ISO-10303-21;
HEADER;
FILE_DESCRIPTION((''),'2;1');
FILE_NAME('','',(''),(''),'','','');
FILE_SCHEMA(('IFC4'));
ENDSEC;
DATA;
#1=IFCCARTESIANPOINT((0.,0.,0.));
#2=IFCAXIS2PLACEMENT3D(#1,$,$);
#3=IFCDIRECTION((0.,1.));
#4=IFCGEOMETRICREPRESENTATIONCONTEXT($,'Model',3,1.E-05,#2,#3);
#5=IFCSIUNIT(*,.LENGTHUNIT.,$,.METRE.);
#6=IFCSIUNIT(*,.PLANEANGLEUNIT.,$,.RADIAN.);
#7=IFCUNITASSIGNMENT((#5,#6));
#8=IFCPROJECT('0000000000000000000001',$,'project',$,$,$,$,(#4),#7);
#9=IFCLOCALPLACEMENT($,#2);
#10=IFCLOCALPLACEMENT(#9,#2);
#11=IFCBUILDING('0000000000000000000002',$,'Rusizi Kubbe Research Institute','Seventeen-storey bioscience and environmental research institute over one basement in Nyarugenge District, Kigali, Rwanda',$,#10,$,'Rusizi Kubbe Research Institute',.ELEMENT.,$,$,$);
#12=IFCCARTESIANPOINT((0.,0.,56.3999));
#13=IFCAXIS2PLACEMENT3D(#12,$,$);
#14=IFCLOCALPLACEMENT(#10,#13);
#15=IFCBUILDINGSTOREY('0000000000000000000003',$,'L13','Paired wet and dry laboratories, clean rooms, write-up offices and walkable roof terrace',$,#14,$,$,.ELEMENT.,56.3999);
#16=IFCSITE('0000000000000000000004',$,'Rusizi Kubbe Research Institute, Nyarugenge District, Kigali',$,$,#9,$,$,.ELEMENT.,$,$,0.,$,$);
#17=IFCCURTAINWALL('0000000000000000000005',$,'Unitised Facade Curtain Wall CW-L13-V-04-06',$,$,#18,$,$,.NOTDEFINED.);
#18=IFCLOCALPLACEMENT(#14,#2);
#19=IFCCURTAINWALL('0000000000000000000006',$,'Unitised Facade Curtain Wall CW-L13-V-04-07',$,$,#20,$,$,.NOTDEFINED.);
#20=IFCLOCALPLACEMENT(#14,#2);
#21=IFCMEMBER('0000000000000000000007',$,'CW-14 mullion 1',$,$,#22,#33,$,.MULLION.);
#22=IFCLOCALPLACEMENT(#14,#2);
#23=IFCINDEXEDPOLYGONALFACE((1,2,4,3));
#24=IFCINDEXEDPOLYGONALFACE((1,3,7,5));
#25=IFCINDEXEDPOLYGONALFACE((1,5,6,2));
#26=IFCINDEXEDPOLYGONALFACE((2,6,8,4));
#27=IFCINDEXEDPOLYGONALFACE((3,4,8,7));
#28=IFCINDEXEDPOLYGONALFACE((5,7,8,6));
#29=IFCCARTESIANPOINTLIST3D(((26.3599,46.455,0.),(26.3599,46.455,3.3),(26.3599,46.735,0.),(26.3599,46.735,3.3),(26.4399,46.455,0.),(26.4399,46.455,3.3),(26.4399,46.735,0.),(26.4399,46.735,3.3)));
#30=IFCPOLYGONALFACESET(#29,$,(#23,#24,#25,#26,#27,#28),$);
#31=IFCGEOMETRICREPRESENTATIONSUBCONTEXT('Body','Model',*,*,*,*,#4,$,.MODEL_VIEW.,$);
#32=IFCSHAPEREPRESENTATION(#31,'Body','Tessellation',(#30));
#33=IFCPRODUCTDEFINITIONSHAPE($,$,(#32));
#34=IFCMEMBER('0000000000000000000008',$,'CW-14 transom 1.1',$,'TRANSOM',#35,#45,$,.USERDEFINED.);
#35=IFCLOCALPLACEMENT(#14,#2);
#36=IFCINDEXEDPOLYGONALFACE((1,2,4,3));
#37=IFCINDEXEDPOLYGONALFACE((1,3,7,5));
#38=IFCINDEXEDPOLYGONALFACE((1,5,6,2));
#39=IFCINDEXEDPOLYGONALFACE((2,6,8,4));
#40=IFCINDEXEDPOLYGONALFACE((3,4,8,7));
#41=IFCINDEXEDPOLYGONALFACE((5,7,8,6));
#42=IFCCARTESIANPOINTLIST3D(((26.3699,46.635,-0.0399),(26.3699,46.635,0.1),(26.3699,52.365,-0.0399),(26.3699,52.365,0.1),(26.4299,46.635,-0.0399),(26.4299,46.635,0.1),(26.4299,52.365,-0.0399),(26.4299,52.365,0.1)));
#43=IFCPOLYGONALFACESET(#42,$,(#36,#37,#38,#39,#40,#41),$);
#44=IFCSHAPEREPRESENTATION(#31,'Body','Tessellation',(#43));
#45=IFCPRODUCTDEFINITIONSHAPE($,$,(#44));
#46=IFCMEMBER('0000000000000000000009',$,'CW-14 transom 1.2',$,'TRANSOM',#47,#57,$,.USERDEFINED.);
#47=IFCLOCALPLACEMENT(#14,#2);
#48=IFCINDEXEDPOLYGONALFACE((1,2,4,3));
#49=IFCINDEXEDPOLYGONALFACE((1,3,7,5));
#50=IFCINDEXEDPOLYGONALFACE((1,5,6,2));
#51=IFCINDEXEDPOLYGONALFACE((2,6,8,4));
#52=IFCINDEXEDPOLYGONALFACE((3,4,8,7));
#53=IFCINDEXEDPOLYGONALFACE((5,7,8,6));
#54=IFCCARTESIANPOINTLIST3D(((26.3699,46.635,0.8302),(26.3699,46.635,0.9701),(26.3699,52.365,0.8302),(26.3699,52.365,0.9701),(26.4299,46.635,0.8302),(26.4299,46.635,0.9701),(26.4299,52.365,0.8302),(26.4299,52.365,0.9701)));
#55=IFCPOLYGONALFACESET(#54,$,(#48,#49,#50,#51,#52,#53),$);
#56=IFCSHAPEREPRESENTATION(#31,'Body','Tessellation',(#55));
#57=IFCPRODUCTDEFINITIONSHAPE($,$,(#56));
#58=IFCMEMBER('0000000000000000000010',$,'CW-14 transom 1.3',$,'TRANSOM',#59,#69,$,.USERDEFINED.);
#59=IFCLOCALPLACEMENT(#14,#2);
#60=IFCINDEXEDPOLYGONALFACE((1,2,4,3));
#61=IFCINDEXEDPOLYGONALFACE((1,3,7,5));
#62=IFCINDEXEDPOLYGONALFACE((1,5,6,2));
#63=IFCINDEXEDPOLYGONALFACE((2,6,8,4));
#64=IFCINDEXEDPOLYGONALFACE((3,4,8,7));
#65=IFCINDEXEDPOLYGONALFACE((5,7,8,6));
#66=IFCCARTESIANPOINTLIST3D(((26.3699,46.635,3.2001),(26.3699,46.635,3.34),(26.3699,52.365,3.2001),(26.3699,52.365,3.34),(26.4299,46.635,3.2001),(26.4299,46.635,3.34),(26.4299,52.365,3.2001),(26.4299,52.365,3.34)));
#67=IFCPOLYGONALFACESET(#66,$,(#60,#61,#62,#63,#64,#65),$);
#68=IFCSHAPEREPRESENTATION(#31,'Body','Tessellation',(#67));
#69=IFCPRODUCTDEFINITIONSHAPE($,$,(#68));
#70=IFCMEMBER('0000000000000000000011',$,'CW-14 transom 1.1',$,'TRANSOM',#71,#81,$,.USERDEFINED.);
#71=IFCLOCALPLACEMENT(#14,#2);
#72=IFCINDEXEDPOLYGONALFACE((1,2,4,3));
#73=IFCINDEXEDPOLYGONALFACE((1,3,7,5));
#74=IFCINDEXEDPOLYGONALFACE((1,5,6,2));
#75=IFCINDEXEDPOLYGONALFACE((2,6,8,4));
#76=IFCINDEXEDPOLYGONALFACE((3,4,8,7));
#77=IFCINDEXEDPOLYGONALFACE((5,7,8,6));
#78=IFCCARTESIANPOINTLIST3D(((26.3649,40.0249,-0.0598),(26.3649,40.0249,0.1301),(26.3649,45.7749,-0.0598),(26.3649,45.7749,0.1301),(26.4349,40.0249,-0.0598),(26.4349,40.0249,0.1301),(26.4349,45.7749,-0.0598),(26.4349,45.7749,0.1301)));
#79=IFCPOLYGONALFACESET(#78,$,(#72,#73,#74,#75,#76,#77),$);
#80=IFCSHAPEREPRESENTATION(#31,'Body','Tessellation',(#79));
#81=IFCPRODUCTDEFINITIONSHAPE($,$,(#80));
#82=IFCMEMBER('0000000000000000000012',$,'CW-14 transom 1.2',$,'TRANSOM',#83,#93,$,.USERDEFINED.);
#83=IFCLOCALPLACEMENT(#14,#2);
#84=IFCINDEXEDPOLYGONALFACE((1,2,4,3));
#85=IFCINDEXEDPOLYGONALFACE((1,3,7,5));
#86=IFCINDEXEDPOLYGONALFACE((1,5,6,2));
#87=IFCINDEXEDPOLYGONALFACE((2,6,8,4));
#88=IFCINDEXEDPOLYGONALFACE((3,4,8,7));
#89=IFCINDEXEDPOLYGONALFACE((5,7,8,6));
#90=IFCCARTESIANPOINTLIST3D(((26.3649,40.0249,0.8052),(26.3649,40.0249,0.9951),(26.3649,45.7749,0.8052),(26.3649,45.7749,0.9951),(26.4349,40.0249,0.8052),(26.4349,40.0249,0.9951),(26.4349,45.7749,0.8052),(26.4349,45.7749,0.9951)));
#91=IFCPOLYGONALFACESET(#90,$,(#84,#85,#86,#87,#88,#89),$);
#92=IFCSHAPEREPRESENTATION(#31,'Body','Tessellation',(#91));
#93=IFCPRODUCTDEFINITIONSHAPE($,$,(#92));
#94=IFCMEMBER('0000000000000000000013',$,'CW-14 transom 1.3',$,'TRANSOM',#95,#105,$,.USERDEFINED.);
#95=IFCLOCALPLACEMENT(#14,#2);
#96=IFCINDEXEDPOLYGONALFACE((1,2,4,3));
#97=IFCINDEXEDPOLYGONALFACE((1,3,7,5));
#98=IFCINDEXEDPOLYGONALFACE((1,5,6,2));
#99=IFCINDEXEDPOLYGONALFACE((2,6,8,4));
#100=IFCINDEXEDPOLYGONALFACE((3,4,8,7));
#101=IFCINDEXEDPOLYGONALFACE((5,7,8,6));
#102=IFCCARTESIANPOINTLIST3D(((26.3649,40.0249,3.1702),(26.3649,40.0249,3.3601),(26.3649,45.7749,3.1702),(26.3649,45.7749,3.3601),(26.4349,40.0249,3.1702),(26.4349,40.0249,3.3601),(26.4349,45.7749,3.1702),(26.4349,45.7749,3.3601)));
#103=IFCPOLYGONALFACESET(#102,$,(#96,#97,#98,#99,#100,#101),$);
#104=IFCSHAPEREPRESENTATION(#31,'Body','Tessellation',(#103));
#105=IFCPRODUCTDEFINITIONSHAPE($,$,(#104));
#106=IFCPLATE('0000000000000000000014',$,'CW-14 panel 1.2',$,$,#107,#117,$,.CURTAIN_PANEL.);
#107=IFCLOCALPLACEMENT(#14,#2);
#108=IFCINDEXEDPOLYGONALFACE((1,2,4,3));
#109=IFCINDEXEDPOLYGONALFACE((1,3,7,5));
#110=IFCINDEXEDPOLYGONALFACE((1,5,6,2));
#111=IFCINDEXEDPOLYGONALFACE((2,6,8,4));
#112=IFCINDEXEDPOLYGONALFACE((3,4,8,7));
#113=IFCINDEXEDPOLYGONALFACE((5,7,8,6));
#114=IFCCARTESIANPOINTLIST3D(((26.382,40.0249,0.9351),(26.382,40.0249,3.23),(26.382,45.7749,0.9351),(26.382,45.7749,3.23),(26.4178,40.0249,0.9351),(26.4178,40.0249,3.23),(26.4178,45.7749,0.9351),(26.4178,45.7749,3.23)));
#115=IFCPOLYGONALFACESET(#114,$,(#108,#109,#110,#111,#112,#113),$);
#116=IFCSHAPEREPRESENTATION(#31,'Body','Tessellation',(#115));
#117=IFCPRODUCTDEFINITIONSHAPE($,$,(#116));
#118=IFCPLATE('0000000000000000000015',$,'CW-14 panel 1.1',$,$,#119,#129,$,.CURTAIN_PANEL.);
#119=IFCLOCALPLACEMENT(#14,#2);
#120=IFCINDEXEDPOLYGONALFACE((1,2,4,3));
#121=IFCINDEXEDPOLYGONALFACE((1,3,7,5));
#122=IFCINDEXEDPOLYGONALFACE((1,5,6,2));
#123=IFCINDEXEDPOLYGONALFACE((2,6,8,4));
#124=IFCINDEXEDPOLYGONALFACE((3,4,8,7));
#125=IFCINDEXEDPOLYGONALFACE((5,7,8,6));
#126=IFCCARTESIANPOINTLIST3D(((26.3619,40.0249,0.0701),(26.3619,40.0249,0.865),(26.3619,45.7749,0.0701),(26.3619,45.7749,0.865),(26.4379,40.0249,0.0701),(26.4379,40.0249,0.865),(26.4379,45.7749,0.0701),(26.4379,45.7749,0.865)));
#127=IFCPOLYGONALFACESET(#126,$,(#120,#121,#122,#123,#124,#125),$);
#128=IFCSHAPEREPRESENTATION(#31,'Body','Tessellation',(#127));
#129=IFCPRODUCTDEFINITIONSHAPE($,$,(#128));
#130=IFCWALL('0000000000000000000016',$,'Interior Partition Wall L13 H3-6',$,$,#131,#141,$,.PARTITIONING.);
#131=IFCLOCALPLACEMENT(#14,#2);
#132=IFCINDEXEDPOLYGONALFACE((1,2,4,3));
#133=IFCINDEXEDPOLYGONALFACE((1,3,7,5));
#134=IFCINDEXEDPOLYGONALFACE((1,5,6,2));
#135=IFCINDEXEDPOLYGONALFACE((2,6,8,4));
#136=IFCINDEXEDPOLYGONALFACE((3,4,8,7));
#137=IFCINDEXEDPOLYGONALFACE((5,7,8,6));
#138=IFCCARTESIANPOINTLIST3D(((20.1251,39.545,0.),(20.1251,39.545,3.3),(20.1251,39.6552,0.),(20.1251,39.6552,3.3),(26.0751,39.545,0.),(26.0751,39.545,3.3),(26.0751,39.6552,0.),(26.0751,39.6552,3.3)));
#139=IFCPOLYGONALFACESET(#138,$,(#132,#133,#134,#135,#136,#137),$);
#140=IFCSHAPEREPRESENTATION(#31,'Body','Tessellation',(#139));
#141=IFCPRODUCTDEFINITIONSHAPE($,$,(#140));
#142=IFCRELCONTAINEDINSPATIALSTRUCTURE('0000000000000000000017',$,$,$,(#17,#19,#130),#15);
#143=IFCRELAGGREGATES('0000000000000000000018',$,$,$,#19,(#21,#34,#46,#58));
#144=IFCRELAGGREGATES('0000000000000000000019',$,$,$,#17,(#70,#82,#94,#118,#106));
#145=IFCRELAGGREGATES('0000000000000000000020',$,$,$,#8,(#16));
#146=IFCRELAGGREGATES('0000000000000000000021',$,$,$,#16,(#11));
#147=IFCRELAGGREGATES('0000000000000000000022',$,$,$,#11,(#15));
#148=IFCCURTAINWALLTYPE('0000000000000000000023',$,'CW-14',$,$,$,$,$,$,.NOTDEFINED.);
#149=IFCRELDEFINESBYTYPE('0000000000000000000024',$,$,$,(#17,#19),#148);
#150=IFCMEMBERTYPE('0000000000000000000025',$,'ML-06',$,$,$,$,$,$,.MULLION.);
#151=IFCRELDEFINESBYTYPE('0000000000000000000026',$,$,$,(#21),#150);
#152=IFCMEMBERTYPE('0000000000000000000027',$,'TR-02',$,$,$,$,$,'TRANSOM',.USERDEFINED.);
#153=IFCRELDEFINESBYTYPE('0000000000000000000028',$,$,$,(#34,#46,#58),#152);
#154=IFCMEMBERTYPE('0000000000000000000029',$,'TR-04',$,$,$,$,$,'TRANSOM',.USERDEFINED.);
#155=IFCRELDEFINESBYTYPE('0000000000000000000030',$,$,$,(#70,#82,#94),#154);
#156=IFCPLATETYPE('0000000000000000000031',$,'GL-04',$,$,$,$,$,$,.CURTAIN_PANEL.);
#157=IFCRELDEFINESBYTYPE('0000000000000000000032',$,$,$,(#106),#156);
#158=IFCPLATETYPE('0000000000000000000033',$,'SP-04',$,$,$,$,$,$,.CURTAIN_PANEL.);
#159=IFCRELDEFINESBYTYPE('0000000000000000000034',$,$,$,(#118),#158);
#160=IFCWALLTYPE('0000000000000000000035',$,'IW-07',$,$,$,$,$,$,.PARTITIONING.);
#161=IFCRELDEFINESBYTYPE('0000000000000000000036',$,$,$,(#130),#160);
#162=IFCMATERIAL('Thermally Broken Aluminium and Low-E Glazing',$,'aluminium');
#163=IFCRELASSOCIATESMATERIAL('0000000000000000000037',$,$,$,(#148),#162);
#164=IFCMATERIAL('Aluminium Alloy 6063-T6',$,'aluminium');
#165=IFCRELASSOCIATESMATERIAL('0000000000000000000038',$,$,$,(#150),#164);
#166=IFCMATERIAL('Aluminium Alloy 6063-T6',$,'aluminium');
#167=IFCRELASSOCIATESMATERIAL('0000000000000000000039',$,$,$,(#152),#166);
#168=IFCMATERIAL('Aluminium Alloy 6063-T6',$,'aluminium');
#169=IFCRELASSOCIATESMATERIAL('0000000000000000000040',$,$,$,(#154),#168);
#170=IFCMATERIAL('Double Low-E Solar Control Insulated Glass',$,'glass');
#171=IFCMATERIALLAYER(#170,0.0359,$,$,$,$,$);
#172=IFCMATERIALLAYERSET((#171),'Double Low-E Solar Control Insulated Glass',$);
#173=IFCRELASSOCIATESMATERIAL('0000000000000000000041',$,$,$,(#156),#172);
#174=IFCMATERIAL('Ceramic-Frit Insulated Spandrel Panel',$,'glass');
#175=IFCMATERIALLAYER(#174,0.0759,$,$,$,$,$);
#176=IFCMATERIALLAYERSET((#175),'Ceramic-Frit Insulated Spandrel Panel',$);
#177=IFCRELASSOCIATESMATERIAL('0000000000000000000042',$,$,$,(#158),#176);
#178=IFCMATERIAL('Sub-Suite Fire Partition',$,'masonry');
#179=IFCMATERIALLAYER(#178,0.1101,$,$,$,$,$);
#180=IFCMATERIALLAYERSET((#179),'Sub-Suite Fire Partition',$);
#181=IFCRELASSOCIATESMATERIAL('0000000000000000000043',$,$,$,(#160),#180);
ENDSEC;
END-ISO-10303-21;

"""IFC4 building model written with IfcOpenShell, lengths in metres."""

from ifc_helpers import new_model, si_unit, direction, frame, frame_2d, origin, origin_2d, place, context, subcontext, project, spatial, rectangle, extrude, material, layer, layer_set, material_profile, profile_set, type_object, element, aggregate, save


model = new_model("IFC4")

# Units and contexts
model_context = context("Model", 3, precision=1e-05, world=origin(), true_north=direction((0.0, 1.0)))
body_context = subcontext(model_context, "Body", "Model", "MODEL_VIEW")
ifc_project = project(units=[si_unit("LENGTHUNIT", "METRE"), si_unit("PLANEANGLEUNIT", "RADIAN")], contexts=[model_context])

# Site, building, storey
site_placement = place(None, origin())
site = spatial("IfcSite", under=ifc_project, at=site_placement, Name="Rusizi Kubbe Research Institute, Nyarugenge District, Kigali", CompositionType="ELEMENT", RefElevation=0.0)
building_placement = place(site_placement, origin())
building = spatial("IfcBuilding", under=site, at=building_placement, Name="Rusizi Kubbe Research Institute", Description="Seventeen-storey bioscience and environmental research institute over one basement in Nyarugenge District, Kigali, Rwanda", LongName="Rusizi Kubbe Research Institute", CompositionType="ELEMENT")
storey_placement = place(building_placement, frame((0.0, 0.0, 56.3999)))
storey = spatial("IfcBuildingStorey", under=building, at=storey_placement, Name="L13", Description="Paired wet and dry laboratories, clean rooms, write-up offices and walkable roof terrace", CompositionType="ELEMENT", Elevation=56.3999)

# Curtain walls, members
ifc_material_1 = material(Name="Thermally Broken Aluminium and Low-E Glazing", Category="aluminium")
curtain_wall_type = type_object("IfcCurtainWallType", Name="CW-14", PredefinedType="NOTDEFINED", material=ifc_material_1)
curtain_wall_1_placement = place(storey_placement, origin())
curtain_wall_1 = element("IfcCurtainWall", 1, at=curtain_wall_1_placement, inside=storey, type_object=curtain_wall_type, Name="Unitised Facade Curtain Wall CW-L13-V-04-06", PredefinedType="NOTDEFINED")
curtain_wall_2_placement = place(storey_placement, origin())
curtain_wall_2 = element("IfcCurtainWall", 2, at=curtain_wall_2_placement, inside=storey, type_object=curtain_wall_type, Name="Unitised Facade Curtain Wall CW-L13-V-04-07", PredefinedType="NOTDEFINED")
ifc_material_2 = material(Name="Aluminium Alloy 6063-T6", Category="aluminium")
ifc_material_profile_1 = material_profile(ifc_material_2, rectangle(XDim=0.0801, YDim=0.28, at=origin_2d()), Name="ALU-M 80x280")
ifc_profile_set_1 = profile_set([ifc_material_profile_1], Name="Aluminium Alloy 6063-T6")
member_type_1 = type_object("IfcMemberType", Name="ML-06", PredefinedType="MULLION", material=ifc_profile_set_1)
member_1_placement = place(storey_placement, frame((26.3999, 46.595, 0.0), z_axis=(0.0, 0.0, 1.0), x_axis=(-1.0, 0.0, 0.0)))
member_1 = element("IfcMember", 3, at=member_1_placement, type_object=member_type_1, Name="CW-14 mullion 1", PredefinedType="MULLION", context=body_context, shape_type="SweptSolid", body=[
    extrude(rectangle(XDim=0.0801, YDim=0.28, at=origin_2d()), origin(), (0.0, 0.0, 1.0), 3.3),
])
ifc_material_3 = material(Name="Aluminium Alloy 6063-T6", Category="aluminium")
ifc_material_profile_2 = material_profile(ifc_material_3, rectangle(XDim=0.0601, YDim=0.1399, at=origin_2d()), Name="ALU-T 60x140")
ifc_profile_set_2 = profile_set([ifc_material_profile_2], Name="Aluminium Alloy 6063-T6")
member_type_2 = type_object("IfcMemberType", Name="TR-02", ElementType="TRANSOM", PredefinedType="USERDEFINED", material=ifc_profile_set_2)
member_2_placement = place(storey_placement, frame((26.3999, 46.635, 0.03), z_axis=(0.0, 1.0, 0.0), x_axis=(-1.0, 0.0, 0.0)))
member_2 = element("IfcMember", 4, at=member_2_placement, type_object=member_type_2, Name="CW-14 transom 1.1", ObjectType="TRANSOM", PredefinedType="USERDEFINED", context=body_context, shape_type="SweptSolid", body=[
    extrude(rectangle(XDim=0.0601, YDim=0.1399, at=origin_2d()), origin(), (0.0, 0.0, 1.0), 5.73),
])
member_3_placement = place(storey_placement, frame((26.3999, 46.635, 0.9001), z_axis=(0.0, 1.0, 0.0), x_axis=(-1.0, 0.0, 0.0)))
member_3 = element("IfcMember", 5, at=member_3_placement, type_object=member_type_2, Name="CW-14 transom 1.2", ObjectType="TRANSOM", PredefinedType="USERDEFINED", context=body_context, shape_type="SweptSolid", body=[
    extrude(rectangle(XDim=0.0601, YDim=0.1399, at=origin_2d()), origin(), (0.0, 0.0, 1.0), 5.73),
])
member_4_placement = place(storey_placement, frame((26.3999, 46.635, 3.27), z_axis=(0.0, 1.0, 0.0), x_axis=(-1.0, 0.0, 0.0)))
member_4 = element("IfcMember", 6, at=member_4_placement, type_object=member_type_2, Name="CW-14 transom 1.3", ObjectType="TRANSOM", PredefinedType="USERDEFINED", context=body_context, shape_type="SweptSolid", body=[
    extrude(rectangle(XDim=0.0601, YDim=0.1399, at=origin_2d()), origin(), (0.0, 0.0, 1.0), 5.73),
])
aggregate(curtain_wall_2, [member_1, member_2, member_3, member_4])

# Members
ifc_material_4 = material(Name="Aluminium Alloy 6063-T6", Category="aluminium")
ifc_material_profile_3 = material_profile(ifc_material_4, rectangle(XDim=0.0701, YDim=0.1899, at=origin_2d()), Name="ALU-T 70x190")
ifc_profile_set_3 = profile_set([ifc_material_profile_3], Name="Aluminium Alloy 6063-T6")
member_type_3 = type_object("IfcMemberType", Name="TR-04", ElementType="TRANSOM", PredefinedType="USERDEFINED", material=ifc_profile_set_3)
member_5_placement = place(storey_placement, frame((26.3999, 40.0249, 0.0352), z_axis=(0.0, 1.0, 0.0), x_axis=(-1.0, 0.0, 0.0)))
member_5 = element("IfcMember", 7, at=member_5_placement, type_object=member_type_3, Name="CW-14 transom 1.1", ObjectType="TRANSOM", PredefinedType="USERDEFINED", context=body_context, shape_type="SweptSolid", body=[
    extrude(rectangle(XDim=0.0701, YDim=0.1899, at=origin_2d()), origin(), (0.0, 0.0, 1.0), 5.75),
])
member_6_placement = place(storey_placement, frame((26.3999, 40.0249, 0.9001), z_axis=(0.0, 1.0, 0.0), x_axis=(-1.0, 0.0, 0.0)))
member_6 = element("IfcMember", 8, at=member_6_placement, type_object=member_type_3, Name="CW-14 transom 1.2", ObjectType="TRANSOM", PredefinedType="USERDEFINED", context=body_context, shape_type="SweptSolid", body=[
    extrude(rectangle(XDim=0.0701, YDim=0.1899, at=origin_2d()), origin(), (0.0, 0.0, 1.0), 5.75),
])
member_7_placement = place(storey_placement, frame((26.3999, 40.0249, 3.2651), z_axis=(0.0, 1.0, 0.0), x_axis=(-1.0, 0.0, 0.0)))
member_7 = element("IfcMember", 9, at=member_7_placement, type_object=member_type_3, Name="CW-14 transom 1.3", ObjectType="TRANSOM", PredefinedType="USERDEFINED", context=body_context, shape_type="SweptSolid", body=[
    extrude(rectangle(XDim=0.0701, YDim=0.1899, at=origin_2d()), origin(), (0.0, 0.0, 1.0), 5.75),
])

# Plates
ifc_material_5 = material(Name="Double Low-E Solar Control Insulated Glass", Category="glass")
ifc_layer_1 = layer(ifc_material_5, 0.0359)
ifc_layer_set_1 = layer_set([ifc_layer_1], Name="Double Low-E Solar Control Insulated Glass")
plate_type_1 = type_object("IfcPlateType", Name="GL-04", PredefinedType="CURTAIN_PANEL", material=ifc_layer_set_1)
plate_1_placement = place(storey_placement, frame((26.3999, 42.8999, 0.9351), z_axis=(0.0, 0.0, 1.0), x_axis=(0.0, 1.0, 0.0)))
plate_1 = element("IfcPlate", 10, at=plate_1_placement, type_object=plate_type_1, Name="CW-14 panel 1.2", PredefinedType="CURTAIN_PANEL", context=body_context, shape_type="SweptSolid", body=[
    extrude(rectangle(XDim=5.75, YDim=0.0359, at=origin_2d()), origin(), (0.0, 0.0, 1.0), 2.2949),
])
ifc_material_6 = material(Name="Ceramic-Frit Insulated Spandrel Panel", Category="glass")
ifc_layer_2 = layer(ifc_material_6, 0.0759)
ifc_layer_set_2 = layer_set([ifc_layer_2], Name="Ceramic-Frit Insulated Spandrel Panel")
plate_type_2 = type_object("IfcPlateType", Name="SP-04", PredefinedType="CURTAIN_PANEL", material=ifc_layer_set_2)
plate_2_placement = place(storey_placement, frame((26.3999, 42.8999, 0.0701), z_axis=(0.0, 0.0, 1.0), x_axis=(0.0, 1.0, 0.0)))
plate_2 = element("IfcPlate", 11, at=plate_2_placement, type_object=plate_type_2, Name="CW-14 panel 1.1", PredefinedType="CURTAIN_PANEL", context=body_context, shape_type="SweptSolid", body=[
    extrude(rectangle(XDim=5.75, YDim=0.0759, at=origin_2d()), origin(), (0.0, 0.0, 1.0), 0.7949),
])
aggregate(curtain_wall_1, [member_5, member_6, member_7, plate_2, plate_1])

# Wall
ifc_material_7 = material(Name="Sub-Suite Fire Partition", Category="masonry")
ifc_layer_3 = layer(ifc_material_7, 0.1101)
ifc_layer_set_3 = layer_set([ifc_layer_3], Name="Sub-Suite Fire Partition")
wall_type = type_object("IfcWallType", Name="IW-07", PredefinedType="PARTITIONING", material=ifc_layer_set_3)
wall_placement = place(storey_placement, frame((20.125, 39.6001, 0.0), z_axis=(0.0, 0.0, 1.0), x_axis=(1.0, 0.0, 0.0)))
element("IfcWall", 12, at=wall_placement, inside=storey, type_object=wall_type, Name="Interior Partition Wall L13 H3-6", PredefinedType="PARTITIONING", context=body_context, shape_type="SweptSolid", body=[
    extrude(rectangle(XDim=5.95, YDim=0.1101, at=frame_2d((2.9751, 0.0))), origin(), (0.0, 0.0, 1.0), 3.3),
])

save(model, "model.ifc")
